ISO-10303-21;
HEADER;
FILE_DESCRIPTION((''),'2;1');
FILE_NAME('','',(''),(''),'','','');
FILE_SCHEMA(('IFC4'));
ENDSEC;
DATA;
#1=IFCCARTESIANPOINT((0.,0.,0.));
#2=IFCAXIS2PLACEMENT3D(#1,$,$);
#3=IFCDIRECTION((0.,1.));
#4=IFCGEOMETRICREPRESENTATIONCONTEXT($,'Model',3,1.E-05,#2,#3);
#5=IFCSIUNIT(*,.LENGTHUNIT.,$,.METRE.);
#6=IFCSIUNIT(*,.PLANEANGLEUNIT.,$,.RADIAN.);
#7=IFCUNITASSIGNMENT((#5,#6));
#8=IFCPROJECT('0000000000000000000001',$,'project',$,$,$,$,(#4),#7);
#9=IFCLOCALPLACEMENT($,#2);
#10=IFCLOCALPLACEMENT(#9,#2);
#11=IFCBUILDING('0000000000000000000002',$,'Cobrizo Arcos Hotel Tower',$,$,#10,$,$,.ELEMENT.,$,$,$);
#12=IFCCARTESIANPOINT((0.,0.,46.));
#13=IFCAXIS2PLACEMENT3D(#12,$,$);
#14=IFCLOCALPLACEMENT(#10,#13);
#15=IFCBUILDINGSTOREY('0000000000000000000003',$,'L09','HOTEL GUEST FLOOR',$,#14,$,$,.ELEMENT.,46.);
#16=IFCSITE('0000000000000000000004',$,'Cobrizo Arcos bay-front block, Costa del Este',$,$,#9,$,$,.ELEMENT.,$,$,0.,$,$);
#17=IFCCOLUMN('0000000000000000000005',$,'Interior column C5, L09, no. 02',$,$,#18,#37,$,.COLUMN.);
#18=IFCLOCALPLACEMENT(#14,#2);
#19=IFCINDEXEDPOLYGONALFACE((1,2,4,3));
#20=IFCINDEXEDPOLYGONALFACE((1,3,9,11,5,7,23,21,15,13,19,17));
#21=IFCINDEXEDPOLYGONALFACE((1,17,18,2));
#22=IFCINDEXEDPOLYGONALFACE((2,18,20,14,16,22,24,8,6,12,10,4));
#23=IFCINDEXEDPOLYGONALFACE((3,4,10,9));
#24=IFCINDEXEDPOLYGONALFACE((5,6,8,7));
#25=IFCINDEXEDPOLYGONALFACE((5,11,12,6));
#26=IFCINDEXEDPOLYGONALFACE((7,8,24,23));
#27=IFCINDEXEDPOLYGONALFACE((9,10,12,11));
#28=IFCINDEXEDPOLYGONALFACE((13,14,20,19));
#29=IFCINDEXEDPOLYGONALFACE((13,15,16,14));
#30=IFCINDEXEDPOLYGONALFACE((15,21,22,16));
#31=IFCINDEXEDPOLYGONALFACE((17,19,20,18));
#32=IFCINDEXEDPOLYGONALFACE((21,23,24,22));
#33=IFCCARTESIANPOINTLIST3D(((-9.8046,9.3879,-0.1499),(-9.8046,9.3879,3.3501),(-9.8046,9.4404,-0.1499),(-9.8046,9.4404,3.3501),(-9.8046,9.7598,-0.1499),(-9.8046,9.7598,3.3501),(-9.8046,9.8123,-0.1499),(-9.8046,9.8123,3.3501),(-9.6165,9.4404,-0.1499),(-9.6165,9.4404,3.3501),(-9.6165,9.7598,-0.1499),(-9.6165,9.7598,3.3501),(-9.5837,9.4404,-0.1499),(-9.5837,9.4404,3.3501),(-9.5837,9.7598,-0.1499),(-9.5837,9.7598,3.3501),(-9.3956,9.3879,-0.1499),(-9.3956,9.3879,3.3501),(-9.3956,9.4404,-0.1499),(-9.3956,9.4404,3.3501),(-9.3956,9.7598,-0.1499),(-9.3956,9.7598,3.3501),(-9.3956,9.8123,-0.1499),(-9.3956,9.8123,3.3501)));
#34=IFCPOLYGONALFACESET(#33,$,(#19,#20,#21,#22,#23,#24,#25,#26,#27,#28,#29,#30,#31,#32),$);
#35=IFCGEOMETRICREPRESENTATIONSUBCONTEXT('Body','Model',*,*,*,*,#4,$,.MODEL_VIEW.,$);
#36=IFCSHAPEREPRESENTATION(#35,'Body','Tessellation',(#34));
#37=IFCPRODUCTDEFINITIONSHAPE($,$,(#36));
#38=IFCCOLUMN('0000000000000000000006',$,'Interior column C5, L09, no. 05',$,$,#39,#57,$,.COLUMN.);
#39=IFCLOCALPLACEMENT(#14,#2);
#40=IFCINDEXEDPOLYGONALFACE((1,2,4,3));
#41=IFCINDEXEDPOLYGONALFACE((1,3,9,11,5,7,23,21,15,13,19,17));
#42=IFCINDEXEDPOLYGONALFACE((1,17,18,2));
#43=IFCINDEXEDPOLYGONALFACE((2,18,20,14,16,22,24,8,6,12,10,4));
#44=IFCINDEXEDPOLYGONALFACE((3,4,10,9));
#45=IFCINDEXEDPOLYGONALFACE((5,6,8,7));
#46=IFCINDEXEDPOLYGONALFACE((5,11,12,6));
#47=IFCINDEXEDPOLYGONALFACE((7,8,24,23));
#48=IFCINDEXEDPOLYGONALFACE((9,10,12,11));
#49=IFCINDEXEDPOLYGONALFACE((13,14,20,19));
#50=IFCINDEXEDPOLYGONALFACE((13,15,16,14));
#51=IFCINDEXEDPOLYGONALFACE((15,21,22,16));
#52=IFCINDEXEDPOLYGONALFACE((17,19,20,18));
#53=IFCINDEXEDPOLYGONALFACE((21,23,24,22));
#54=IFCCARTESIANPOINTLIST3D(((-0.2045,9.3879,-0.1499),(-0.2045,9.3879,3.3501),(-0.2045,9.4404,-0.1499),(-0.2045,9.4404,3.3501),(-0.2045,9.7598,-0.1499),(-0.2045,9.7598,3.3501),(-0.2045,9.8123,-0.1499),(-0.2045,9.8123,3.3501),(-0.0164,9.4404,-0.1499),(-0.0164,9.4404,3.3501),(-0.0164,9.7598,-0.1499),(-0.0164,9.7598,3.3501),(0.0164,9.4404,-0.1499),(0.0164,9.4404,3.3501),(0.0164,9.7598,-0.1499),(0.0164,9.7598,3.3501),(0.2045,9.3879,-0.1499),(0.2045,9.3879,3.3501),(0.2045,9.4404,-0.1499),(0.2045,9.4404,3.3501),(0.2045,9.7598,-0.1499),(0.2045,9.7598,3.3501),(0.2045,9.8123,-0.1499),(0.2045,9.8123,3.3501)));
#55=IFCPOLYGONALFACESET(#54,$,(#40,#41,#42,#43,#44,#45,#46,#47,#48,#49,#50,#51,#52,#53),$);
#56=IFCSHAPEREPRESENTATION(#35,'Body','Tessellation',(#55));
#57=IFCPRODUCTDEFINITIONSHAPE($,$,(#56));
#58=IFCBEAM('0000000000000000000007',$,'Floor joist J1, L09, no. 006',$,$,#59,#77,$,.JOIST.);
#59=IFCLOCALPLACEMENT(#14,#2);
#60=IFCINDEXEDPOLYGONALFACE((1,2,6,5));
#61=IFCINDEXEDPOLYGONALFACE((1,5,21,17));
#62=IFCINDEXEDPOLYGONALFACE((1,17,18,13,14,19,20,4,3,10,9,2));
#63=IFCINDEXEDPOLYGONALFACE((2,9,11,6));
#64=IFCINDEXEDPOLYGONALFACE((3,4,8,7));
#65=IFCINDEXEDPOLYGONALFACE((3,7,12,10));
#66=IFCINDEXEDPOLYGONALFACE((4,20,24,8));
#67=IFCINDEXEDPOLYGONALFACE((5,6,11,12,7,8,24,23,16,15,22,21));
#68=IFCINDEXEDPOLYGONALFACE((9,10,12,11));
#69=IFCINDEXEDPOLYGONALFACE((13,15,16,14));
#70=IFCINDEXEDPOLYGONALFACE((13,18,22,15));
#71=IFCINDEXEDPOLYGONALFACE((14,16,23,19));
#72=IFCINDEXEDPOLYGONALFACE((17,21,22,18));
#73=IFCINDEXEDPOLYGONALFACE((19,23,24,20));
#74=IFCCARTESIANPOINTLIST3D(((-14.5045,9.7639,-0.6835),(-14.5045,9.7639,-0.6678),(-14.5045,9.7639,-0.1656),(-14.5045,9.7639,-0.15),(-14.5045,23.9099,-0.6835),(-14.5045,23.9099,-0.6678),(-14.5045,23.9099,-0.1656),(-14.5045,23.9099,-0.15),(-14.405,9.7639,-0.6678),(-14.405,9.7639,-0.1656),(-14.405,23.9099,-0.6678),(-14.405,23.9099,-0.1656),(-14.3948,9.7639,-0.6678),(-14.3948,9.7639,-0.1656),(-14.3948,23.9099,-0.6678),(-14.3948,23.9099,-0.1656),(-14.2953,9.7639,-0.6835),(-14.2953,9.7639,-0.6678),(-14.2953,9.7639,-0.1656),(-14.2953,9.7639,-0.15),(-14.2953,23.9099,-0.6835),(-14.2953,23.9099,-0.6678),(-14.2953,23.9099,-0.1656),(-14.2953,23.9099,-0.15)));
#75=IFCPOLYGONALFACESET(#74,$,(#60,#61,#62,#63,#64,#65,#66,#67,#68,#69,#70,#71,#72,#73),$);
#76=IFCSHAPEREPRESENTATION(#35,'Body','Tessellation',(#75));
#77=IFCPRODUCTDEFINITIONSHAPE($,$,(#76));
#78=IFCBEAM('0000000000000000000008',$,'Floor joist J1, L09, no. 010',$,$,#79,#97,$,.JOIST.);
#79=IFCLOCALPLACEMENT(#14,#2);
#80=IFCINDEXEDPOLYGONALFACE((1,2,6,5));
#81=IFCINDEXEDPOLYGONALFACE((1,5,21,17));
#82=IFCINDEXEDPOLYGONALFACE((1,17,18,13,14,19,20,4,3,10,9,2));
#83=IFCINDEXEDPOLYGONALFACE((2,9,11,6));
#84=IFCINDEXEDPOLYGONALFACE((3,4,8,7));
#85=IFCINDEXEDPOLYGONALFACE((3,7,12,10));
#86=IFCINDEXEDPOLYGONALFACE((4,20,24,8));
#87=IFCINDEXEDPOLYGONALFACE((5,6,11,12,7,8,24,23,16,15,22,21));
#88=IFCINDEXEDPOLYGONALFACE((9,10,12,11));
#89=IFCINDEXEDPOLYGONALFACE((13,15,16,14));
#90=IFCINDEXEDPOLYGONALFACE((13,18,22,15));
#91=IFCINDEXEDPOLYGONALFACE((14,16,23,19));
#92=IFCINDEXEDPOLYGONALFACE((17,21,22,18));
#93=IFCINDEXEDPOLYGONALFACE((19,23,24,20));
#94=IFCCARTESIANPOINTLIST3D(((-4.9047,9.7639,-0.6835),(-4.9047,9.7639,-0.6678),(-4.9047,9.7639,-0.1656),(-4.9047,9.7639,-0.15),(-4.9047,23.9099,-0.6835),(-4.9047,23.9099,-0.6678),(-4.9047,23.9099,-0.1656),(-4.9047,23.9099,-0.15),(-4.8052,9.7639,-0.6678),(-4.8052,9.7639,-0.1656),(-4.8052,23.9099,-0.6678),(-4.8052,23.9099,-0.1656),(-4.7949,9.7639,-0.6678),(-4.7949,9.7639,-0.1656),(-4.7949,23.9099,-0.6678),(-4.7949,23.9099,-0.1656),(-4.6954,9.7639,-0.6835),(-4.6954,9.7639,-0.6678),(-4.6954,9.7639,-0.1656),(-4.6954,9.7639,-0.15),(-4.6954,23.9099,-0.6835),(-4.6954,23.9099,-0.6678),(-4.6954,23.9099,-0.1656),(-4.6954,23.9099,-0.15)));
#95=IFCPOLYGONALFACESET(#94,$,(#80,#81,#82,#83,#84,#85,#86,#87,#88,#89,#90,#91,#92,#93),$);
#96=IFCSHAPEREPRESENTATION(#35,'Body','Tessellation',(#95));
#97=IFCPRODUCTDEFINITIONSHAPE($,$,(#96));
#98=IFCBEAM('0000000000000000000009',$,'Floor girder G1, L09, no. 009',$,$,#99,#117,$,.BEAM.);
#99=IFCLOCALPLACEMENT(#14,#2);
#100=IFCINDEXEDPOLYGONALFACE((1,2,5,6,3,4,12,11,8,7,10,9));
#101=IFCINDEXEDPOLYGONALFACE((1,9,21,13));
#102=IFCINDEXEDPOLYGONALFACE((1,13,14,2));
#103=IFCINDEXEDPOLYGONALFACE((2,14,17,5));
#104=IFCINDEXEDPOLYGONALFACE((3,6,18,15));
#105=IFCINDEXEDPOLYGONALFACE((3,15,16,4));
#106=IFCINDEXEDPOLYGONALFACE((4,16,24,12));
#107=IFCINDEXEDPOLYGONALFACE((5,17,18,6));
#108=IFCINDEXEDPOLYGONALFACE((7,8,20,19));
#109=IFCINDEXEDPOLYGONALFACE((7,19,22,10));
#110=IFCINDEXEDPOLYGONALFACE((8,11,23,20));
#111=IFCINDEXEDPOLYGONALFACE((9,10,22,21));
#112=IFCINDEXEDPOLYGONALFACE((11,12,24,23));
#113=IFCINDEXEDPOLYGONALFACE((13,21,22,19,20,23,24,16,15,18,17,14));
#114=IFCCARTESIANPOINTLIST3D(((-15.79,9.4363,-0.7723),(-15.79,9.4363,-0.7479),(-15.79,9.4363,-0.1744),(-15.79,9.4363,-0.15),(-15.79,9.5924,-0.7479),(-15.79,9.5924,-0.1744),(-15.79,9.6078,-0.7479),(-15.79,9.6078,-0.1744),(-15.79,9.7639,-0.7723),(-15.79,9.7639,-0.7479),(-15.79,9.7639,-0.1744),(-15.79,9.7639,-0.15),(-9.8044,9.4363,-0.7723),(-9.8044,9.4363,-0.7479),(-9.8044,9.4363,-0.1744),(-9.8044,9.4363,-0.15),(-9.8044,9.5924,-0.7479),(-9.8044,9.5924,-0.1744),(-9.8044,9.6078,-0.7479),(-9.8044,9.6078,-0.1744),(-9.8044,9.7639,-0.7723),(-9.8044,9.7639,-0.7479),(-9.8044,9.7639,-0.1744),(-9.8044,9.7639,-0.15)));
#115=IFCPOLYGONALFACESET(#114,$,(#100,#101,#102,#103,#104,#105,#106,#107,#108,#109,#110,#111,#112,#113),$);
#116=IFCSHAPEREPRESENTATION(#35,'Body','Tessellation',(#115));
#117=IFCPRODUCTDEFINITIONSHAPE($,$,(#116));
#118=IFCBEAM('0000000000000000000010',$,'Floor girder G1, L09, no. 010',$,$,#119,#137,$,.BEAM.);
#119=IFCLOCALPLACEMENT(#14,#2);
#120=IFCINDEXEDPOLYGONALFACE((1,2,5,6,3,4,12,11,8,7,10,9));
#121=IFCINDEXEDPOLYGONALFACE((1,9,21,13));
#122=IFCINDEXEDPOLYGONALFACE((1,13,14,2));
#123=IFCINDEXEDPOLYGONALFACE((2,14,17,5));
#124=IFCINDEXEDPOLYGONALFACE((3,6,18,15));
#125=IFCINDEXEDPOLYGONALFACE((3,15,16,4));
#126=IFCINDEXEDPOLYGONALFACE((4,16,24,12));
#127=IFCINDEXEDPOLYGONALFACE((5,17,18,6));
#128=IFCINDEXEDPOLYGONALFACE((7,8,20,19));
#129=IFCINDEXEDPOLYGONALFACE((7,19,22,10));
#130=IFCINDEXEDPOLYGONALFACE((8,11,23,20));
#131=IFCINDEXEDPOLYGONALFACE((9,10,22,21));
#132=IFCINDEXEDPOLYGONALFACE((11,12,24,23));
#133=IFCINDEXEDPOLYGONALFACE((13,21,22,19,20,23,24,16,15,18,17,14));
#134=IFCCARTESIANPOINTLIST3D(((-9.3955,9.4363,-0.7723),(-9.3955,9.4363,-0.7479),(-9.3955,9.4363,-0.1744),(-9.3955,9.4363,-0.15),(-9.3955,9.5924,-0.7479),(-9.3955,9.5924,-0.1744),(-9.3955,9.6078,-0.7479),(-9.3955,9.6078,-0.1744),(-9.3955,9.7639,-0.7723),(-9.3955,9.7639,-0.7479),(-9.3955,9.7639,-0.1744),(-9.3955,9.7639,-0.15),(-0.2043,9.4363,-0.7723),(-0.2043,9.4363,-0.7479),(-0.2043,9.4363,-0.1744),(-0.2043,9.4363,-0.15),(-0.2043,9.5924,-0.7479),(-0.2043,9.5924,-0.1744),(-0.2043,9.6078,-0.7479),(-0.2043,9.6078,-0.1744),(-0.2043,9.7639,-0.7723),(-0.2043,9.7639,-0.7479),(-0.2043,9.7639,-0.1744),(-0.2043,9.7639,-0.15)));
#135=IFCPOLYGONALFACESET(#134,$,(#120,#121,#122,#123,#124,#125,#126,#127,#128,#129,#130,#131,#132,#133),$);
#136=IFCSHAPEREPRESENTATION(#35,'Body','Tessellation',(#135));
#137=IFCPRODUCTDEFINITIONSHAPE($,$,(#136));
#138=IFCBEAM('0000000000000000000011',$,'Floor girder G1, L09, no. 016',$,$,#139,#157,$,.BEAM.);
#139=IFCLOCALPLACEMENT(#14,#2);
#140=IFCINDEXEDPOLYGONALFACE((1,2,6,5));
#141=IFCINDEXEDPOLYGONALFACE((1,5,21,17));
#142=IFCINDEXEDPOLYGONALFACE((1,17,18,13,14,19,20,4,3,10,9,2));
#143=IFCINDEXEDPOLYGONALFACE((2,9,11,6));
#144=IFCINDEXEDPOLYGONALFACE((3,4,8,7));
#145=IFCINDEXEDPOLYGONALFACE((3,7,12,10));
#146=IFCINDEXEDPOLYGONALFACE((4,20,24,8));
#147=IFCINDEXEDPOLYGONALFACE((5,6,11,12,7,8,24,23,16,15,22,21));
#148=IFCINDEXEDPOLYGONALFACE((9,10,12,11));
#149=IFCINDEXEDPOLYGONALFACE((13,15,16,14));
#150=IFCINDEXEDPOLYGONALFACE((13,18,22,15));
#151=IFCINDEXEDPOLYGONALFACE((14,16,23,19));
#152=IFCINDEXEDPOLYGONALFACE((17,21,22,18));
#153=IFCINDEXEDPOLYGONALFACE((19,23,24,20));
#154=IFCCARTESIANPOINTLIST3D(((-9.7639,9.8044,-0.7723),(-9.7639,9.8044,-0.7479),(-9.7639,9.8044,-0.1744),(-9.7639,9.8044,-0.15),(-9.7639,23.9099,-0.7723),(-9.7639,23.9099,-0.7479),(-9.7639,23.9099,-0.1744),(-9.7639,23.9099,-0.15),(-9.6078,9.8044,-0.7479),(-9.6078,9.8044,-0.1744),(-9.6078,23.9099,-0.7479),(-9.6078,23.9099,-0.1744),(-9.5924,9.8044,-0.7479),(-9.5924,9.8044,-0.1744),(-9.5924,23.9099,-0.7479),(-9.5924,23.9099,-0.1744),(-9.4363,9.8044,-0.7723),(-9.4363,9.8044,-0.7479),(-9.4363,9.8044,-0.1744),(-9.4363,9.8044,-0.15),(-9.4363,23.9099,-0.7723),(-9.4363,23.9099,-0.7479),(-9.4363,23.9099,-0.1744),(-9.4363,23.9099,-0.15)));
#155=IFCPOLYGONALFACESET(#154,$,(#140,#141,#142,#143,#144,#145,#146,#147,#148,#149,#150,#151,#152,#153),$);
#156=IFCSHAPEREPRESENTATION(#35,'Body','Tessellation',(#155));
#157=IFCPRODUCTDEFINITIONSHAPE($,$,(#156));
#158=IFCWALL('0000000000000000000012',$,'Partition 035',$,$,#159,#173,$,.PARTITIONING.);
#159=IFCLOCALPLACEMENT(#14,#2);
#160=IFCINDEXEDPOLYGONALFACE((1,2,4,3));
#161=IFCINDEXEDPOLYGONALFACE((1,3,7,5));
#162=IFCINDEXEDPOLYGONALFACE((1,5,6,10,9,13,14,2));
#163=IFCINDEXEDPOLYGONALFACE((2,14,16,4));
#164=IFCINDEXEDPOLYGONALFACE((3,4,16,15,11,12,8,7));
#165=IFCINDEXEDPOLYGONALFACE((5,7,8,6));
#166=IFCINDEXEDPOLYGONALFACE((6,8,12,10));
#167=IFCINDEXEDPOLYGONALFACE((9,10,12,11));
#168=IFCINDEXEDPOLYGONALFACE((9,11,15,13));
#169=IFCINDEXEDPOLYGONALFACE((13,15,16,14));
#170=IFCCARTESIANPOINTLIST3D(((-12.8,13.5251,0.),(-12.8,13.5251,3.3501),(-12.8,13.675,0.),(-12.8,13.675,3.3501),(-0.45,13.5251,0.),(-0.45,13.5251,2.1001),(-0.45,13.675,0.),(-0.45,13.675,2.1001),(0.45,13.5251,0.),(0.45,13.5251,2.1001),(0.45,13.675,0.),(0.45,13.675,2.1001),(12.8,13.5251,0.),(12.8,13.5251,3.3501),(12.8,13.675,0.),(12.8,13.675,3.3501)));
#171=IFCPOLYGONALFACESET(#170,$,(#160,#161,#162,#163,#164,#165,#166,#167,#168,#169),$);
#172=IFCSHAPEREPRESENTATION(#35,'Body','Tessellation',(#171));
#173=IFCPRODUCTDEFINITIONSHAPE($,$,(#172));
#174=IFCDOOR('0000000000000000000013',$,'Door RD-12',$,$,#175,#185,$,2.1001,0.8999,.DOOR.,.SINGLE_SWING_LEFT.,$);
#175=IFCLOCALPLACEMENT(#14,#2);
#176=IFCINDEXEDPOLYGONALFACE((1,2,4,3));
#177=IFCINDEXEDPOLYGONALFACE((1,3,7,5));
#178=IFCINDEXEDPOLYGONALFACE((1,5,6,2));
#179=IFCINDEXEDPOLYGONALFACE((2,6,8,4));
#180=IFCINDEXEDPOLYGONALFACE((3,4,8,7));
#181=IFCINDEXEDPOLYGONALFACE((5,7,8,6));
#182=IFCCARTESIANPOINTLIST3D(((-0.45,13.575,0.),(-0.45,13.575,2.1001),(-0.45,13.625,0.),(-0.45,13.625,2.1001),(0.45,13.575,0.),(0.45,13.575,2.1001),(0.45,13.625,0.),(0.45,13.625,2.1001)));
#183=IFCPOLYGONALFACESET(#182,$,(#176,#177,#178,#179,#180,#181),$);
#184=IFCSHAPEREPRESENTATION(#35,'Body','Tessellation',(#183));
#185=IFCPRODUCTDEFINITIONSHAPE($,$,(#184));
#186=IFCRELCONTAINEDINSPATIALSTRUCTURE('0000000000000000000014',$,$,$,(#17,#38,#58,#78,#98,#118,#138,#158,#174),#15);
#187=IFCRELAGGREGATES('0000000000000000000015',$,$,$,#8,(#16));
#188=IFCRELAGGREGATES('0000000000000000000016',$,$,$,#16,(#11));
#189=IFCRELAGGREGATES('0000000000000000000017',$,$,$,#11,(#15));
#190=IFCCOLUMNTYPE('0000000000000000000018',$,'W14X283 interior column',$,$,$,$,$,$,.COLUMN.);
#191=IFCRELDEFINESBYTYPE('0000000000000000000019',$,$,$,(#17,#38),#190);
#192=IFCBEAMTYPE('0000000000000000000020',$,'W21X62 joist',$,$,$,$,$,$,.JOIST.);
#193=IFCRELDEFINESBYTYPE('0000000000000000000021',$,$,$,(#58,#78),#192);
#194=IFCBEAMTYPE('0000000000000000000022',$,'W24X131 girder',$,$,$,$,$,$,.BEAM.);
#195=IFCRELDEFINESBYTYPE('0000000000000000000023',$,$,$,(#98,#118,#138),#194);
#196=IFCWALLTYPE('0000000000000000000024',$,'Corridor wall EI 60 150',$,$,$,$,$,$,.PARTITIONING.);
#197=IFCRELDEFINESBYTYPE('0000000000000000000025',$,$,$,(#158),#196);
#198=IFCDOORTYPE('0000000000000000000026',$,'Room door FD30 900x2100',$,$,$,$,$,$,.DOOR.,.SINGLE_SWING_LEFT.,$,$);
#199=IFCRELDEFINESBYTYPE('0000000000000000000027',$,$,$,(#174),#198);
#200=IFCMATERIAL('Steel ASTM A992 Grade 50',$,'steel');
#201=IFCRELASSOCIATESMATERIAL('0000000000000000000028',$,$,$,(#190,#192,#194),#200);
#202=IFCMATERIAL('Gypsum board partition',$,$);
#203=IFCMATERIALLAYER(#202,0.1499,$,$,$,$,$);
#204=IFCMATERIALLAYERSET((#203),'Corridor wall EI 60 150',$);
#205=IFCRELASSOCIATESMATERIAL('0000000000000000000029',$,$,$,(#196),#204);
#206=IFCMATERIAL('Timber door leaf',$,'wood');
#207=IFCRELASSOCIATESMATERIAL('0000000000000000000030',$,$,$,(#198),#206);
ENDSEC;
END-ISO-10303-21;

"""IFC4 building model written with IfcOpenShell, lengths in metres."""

from ifc_helpers import new_model, si_unit, direction, frame, frame_2d, origin, origin_2d, place, context, subcontext, project, spatial, rectangle, i_section, extrude, material, layer, layer_set, material_profile, profile_set, type_object, element, fill, save


model = new_model("IFC4")

# Units and contexts
model_context = context("Model", 3, precision=1e-05, world=origin(), true_north=direction((0.0, 1.0)))
body_context = subcontext(model_context, "Body", "Model", "MODEL_VIEW")
ifc_project = project(units=[si_unit("LENGTHUNIT", "METRE"), si_unit("PLANEANGLEUNIT", "RADIAN")], contexts=[model_context])

# Site, building, storey
site_placement = place(None, origin())
site = spatial("IfcSite", under=ifc_project, at=site_placement, Name="Cobrizo Arcos bay-front block, Costa del Este", CompositionType="ELEMENT", RefElevation=0.0)
building_placement = place(site_placement, origin())
building = spatial("IfcBuilding", under=site, at=building_placement, Name="Cobrizo Arcos Hotel Tower", CompositionType="ELEMENT")
storey_placement = place(building_placement, frame((0.0, 0.0, 46.0)))
storey = spatial("IfcBuildingStorey", under=building, at=storey_placement, Name="L09", Description="HOTEL GUEST FLOOR", CompositionType="ELEMENT", Elevation=46.0)

# Columns
ifc_material_1 = material(Name="Steel ASTM A992 Grade 50", Category="steel")
ifc_material_profile_1 = material_profile(ifc_material_1, i_section(OverallWidth=0.4089, OverallDepth=0.4243, WebThickness=0.0327, FlangeThickness=0.0525, at=origin_2d()), Name="W14X283")
ifc_profile_set_1 = profile_set([ifc_material_profile_1], Name="Steel ASTM A992 Grade 50")
column_type = type_object("IfcColumnType", Name="W14X283 interior column", PredefinedType="COLUMN", material=ifc_profile_set_1)
for number, where, z_axis, x_axis, name in (
    (1, (-9.6001, 9.6001, -0.1499), (0.0, 0.0, 1.0), (1.0, 0.0, 0.0), "Interior column C5, L09, no. 02"),
    (2, (0.0, 9.6001, -0.1499), (0.0, 0.0, 1.0), (1.0, 0.0, 0.0), "Interior column C5, L09, no. 05"),
):
    element("IfcColumn", number, at=place(storey_placement, frame(where, z_axis=z_axis, x_axis=x_axis)), inside=storey, type_object=column_type, Name=name, PredefinedType="COLUMN", context=body_context, shape_type="SweptSolid", body=[
        extrude(i_section(OverallWidth=0.4089, OverallDepth=0.4243, WebThickness=0.0327, FlangeThickness=0.0525, at=origin_2d()), origin(), (0.0, 0.0, 1.0), 3.5),
    ])

# Beams
ifc_material_profile_2 = material_profile(ifc_material_1, i_section(OverallWidth=0.2092, OverallDepth=0.5334, WebThickness=0.0103, FlangeThickness=0.0156, at=origin_2d()), Name="W21X62")
ifc_profile_set_2 = profile_set([ifc_material_profile_2], Name="Steel ASTM A992 Grade 50")
beam_type_1 = type_object("IfcBeamType", Name="W21X62 joist", PredefinedType="JOIST", material=ifc_profile_set_2)
for number, where, z_axis, x_axis, name in (
    (3, (-14.3999, 9.7639, -0.4167), (0.0, 1.0, 0.0), (-1.0, 0.0, 0.0), "Floor joist J1, L09, no. 006"),
    (4, (-4.8, 9.7639, -0.4167), (0.0, 1.0, 0.0), (-1.0, 0.0, 0.0), "Floor joist J1, L09, no. 010"),
):
    element("IfcBeam", number, at=place(storey_placement, frame(where, z_axis=z_axis, x_axis=x_axis)), inside=storey, type_object=beam_type_1, Name=name, PredefinedType="JOIST", context=body_context, shape_type="SweptSolid", body=[
        extrude(i_section(OverallWidth=0.2092, OverallDepth=0.5334, WebThickness=0.0103, FlangeThickness=0.0156, at=origin_2d()), origin(), (0.0, 0.0, 1.0), 14.146),
    ])
ifc_material_profile_3 = material_profile(ifc_material_1, i_section(OverallWidth=0.3276, OverallDepth=0.6223, WebThickness=0.0154, FlangeThickness=0.0244, at=origin_2d()), Name="W24X131")
ifc_profile_set_3 = profile_set([ifc_material_profile_3], Name="Steel ASTM A992 Grade 50")
beam_type_2 = type_object("IfcBeamType", Name="W24X131 girder", PredefinedType="BEAM", material=ifc_profile_set_3)
beam_1_placement = place(storey_placement, frame((-15.79, 9.6001, -0.4612), z_axis=(1.0, 0.0, 0.0), x_axis=(0.0, 1.0, 0.0)))
element("IfcBeam", 5, at=beam_1_placement, inside=storey, type_object=beam_type_2, Name="Floor girder G1, L09, no. 009", PredefinedType="BEAM", context=body_context, shape_type="SweptSolid", body=[
    extrude(i_section(OverallWidth=0.3276, OverallDepth=0.6223, WebThickness=0.0154, FlangeThickness=0.0244, at=origin_2d()), origin(), (0.0, 0.0, 1.0), 5.9856),
])
beam_2_placement = place(storey_placement, frame((-9.3955, 9.6001, -0.4612), z_axis=(1.0, 0.0, 0.0), x_axis=(0.0, 1.0, 0.0)))
element("IfcBeam", 6, at=beam_2_placement, inside=storey, type_object=beam_type_2, Name="Floor girder G1, L09, no. 010", PredefinedType="BEAM", context=body_context, shape_type="SweptSolid", body=[
    extrude(i_section(OverallWidth=0.3276, OverallDepth=0.6223, WebThickness=0.0154, FlangeThickness=0.0244, at=origin_2d()), origin(), (0.0, 0.0, 1.0), 9.1912),
])
beam_3_placement = place(storey_placement, frame((-9.6001, 9.8044, -0.4612), z_axis=(0.0, 1.0, 0.0), x_axis=(-1.0, 0.0, 0.0)))
element("IfcBeam", 7, at=beam_3_placement, inside=storey, type_object=beam_type_2, Name="Floor girder G1, L09, no. 016", PredefinedType="BEAM", context=body_context, shape_type="SweptSolid", body=[
    extrude(i_section(OverallWidth=0.3276, OverallDepth=0.6223, WebThickness=0.0154, FlangeThickness=0.0244, at=origin_2d()), origin(), (0.0, 0.0, 1.0), 14.1055),
])

# Wall, opening, door
ifc_material_2 = material(Name="Gypsum board partition")
ifc_layer_1 = layer(ifc_material_2, 0.1499)
ifc_layer_set_1 = layer_set([ifc_layer_1], Name="Corridor wall EI 60 150")
wall_type_1 = type_object("IfcWallType", Name="Corridor wall EI 60 150", PredefinedType="PARTITIONING", material=ifc_layer_set_1)
wall_1_placement = place(storey_placement, frame((-12.8, 13.6001, 0.0), z_axis=(0.0, 0.0, 1.0), x_axis=(1.0, 0.0, 0.0)))
wall_1 = element("IfcWall", 8, at=wall_1_placement, inside=storey, type_object=wall_type_1, Name="Partition 035", PredefinedType="PARTITIONING", context=body_context, shape_type="SweptSolid", body=[
    extrude(rectangle(XDim=25.6001, YDim=0.1499, at=frame_2d((12.8, 0.0))), origin(), (0.0, 0.0, 1.0), 3.3501),
])
opening_1_placement = place(wall_1_placement, frame((12.3501, 0.0, 0.0)))
opening_1 = element("IfcOpeningElement", 9, at=opening_1_placement, cuts=wall_1, PredefinedType="OPENING", context=body_context, shape_type="SweptSolid", body=[
    extrude(rectangle(XDim=0.8999, YDim=2.1001, at=frame_2d((0.45, 1.05))), frame((0.0, 0.0869, 0.0), z_axis=(0.0, -1.0, 0.0), x_axis=(1.0, 0.0, 0.0)), (0.0, 0.0, 1.0), 0.1738),
])
ifc_material_3 = material(Name="Timber door leaf", Category="wood")
door_type_1 = type_object("IfcDoorType", Name="Room door FD30 900x2100", OperationType="SINGLE_SWING_LEFT", PredefinedType="DOOR", material=ifc_material_3)
door_1_placement = place(opening_1_placement, origin())
door_1 = element("IfcDoor", 10, at=door_1_placement, inside=storey, type_object=door_type_1, Name="Door RD-12", OperationType="SINGLE_SWING_LEFT", OverallHeight=2.1001, OverallWidth=0.8999, PredefinedType="DOOR", context=body_context, shape_type="SweptSolid", body=[
    extrude(rectangle(XDim=0.8999, YDim=2.1001, at=frame_2d((0.45, 1.05))), frame((0.0, 0.0249, 0.0), z_axis=(0.0, -1.0, 0.0), x_axis=(1.0, 0.0, 0.0)), (0.0, 0.0, 1.0), 0.05),
])
fill(opening_1, door_1)

save(model, "model.ifc")
